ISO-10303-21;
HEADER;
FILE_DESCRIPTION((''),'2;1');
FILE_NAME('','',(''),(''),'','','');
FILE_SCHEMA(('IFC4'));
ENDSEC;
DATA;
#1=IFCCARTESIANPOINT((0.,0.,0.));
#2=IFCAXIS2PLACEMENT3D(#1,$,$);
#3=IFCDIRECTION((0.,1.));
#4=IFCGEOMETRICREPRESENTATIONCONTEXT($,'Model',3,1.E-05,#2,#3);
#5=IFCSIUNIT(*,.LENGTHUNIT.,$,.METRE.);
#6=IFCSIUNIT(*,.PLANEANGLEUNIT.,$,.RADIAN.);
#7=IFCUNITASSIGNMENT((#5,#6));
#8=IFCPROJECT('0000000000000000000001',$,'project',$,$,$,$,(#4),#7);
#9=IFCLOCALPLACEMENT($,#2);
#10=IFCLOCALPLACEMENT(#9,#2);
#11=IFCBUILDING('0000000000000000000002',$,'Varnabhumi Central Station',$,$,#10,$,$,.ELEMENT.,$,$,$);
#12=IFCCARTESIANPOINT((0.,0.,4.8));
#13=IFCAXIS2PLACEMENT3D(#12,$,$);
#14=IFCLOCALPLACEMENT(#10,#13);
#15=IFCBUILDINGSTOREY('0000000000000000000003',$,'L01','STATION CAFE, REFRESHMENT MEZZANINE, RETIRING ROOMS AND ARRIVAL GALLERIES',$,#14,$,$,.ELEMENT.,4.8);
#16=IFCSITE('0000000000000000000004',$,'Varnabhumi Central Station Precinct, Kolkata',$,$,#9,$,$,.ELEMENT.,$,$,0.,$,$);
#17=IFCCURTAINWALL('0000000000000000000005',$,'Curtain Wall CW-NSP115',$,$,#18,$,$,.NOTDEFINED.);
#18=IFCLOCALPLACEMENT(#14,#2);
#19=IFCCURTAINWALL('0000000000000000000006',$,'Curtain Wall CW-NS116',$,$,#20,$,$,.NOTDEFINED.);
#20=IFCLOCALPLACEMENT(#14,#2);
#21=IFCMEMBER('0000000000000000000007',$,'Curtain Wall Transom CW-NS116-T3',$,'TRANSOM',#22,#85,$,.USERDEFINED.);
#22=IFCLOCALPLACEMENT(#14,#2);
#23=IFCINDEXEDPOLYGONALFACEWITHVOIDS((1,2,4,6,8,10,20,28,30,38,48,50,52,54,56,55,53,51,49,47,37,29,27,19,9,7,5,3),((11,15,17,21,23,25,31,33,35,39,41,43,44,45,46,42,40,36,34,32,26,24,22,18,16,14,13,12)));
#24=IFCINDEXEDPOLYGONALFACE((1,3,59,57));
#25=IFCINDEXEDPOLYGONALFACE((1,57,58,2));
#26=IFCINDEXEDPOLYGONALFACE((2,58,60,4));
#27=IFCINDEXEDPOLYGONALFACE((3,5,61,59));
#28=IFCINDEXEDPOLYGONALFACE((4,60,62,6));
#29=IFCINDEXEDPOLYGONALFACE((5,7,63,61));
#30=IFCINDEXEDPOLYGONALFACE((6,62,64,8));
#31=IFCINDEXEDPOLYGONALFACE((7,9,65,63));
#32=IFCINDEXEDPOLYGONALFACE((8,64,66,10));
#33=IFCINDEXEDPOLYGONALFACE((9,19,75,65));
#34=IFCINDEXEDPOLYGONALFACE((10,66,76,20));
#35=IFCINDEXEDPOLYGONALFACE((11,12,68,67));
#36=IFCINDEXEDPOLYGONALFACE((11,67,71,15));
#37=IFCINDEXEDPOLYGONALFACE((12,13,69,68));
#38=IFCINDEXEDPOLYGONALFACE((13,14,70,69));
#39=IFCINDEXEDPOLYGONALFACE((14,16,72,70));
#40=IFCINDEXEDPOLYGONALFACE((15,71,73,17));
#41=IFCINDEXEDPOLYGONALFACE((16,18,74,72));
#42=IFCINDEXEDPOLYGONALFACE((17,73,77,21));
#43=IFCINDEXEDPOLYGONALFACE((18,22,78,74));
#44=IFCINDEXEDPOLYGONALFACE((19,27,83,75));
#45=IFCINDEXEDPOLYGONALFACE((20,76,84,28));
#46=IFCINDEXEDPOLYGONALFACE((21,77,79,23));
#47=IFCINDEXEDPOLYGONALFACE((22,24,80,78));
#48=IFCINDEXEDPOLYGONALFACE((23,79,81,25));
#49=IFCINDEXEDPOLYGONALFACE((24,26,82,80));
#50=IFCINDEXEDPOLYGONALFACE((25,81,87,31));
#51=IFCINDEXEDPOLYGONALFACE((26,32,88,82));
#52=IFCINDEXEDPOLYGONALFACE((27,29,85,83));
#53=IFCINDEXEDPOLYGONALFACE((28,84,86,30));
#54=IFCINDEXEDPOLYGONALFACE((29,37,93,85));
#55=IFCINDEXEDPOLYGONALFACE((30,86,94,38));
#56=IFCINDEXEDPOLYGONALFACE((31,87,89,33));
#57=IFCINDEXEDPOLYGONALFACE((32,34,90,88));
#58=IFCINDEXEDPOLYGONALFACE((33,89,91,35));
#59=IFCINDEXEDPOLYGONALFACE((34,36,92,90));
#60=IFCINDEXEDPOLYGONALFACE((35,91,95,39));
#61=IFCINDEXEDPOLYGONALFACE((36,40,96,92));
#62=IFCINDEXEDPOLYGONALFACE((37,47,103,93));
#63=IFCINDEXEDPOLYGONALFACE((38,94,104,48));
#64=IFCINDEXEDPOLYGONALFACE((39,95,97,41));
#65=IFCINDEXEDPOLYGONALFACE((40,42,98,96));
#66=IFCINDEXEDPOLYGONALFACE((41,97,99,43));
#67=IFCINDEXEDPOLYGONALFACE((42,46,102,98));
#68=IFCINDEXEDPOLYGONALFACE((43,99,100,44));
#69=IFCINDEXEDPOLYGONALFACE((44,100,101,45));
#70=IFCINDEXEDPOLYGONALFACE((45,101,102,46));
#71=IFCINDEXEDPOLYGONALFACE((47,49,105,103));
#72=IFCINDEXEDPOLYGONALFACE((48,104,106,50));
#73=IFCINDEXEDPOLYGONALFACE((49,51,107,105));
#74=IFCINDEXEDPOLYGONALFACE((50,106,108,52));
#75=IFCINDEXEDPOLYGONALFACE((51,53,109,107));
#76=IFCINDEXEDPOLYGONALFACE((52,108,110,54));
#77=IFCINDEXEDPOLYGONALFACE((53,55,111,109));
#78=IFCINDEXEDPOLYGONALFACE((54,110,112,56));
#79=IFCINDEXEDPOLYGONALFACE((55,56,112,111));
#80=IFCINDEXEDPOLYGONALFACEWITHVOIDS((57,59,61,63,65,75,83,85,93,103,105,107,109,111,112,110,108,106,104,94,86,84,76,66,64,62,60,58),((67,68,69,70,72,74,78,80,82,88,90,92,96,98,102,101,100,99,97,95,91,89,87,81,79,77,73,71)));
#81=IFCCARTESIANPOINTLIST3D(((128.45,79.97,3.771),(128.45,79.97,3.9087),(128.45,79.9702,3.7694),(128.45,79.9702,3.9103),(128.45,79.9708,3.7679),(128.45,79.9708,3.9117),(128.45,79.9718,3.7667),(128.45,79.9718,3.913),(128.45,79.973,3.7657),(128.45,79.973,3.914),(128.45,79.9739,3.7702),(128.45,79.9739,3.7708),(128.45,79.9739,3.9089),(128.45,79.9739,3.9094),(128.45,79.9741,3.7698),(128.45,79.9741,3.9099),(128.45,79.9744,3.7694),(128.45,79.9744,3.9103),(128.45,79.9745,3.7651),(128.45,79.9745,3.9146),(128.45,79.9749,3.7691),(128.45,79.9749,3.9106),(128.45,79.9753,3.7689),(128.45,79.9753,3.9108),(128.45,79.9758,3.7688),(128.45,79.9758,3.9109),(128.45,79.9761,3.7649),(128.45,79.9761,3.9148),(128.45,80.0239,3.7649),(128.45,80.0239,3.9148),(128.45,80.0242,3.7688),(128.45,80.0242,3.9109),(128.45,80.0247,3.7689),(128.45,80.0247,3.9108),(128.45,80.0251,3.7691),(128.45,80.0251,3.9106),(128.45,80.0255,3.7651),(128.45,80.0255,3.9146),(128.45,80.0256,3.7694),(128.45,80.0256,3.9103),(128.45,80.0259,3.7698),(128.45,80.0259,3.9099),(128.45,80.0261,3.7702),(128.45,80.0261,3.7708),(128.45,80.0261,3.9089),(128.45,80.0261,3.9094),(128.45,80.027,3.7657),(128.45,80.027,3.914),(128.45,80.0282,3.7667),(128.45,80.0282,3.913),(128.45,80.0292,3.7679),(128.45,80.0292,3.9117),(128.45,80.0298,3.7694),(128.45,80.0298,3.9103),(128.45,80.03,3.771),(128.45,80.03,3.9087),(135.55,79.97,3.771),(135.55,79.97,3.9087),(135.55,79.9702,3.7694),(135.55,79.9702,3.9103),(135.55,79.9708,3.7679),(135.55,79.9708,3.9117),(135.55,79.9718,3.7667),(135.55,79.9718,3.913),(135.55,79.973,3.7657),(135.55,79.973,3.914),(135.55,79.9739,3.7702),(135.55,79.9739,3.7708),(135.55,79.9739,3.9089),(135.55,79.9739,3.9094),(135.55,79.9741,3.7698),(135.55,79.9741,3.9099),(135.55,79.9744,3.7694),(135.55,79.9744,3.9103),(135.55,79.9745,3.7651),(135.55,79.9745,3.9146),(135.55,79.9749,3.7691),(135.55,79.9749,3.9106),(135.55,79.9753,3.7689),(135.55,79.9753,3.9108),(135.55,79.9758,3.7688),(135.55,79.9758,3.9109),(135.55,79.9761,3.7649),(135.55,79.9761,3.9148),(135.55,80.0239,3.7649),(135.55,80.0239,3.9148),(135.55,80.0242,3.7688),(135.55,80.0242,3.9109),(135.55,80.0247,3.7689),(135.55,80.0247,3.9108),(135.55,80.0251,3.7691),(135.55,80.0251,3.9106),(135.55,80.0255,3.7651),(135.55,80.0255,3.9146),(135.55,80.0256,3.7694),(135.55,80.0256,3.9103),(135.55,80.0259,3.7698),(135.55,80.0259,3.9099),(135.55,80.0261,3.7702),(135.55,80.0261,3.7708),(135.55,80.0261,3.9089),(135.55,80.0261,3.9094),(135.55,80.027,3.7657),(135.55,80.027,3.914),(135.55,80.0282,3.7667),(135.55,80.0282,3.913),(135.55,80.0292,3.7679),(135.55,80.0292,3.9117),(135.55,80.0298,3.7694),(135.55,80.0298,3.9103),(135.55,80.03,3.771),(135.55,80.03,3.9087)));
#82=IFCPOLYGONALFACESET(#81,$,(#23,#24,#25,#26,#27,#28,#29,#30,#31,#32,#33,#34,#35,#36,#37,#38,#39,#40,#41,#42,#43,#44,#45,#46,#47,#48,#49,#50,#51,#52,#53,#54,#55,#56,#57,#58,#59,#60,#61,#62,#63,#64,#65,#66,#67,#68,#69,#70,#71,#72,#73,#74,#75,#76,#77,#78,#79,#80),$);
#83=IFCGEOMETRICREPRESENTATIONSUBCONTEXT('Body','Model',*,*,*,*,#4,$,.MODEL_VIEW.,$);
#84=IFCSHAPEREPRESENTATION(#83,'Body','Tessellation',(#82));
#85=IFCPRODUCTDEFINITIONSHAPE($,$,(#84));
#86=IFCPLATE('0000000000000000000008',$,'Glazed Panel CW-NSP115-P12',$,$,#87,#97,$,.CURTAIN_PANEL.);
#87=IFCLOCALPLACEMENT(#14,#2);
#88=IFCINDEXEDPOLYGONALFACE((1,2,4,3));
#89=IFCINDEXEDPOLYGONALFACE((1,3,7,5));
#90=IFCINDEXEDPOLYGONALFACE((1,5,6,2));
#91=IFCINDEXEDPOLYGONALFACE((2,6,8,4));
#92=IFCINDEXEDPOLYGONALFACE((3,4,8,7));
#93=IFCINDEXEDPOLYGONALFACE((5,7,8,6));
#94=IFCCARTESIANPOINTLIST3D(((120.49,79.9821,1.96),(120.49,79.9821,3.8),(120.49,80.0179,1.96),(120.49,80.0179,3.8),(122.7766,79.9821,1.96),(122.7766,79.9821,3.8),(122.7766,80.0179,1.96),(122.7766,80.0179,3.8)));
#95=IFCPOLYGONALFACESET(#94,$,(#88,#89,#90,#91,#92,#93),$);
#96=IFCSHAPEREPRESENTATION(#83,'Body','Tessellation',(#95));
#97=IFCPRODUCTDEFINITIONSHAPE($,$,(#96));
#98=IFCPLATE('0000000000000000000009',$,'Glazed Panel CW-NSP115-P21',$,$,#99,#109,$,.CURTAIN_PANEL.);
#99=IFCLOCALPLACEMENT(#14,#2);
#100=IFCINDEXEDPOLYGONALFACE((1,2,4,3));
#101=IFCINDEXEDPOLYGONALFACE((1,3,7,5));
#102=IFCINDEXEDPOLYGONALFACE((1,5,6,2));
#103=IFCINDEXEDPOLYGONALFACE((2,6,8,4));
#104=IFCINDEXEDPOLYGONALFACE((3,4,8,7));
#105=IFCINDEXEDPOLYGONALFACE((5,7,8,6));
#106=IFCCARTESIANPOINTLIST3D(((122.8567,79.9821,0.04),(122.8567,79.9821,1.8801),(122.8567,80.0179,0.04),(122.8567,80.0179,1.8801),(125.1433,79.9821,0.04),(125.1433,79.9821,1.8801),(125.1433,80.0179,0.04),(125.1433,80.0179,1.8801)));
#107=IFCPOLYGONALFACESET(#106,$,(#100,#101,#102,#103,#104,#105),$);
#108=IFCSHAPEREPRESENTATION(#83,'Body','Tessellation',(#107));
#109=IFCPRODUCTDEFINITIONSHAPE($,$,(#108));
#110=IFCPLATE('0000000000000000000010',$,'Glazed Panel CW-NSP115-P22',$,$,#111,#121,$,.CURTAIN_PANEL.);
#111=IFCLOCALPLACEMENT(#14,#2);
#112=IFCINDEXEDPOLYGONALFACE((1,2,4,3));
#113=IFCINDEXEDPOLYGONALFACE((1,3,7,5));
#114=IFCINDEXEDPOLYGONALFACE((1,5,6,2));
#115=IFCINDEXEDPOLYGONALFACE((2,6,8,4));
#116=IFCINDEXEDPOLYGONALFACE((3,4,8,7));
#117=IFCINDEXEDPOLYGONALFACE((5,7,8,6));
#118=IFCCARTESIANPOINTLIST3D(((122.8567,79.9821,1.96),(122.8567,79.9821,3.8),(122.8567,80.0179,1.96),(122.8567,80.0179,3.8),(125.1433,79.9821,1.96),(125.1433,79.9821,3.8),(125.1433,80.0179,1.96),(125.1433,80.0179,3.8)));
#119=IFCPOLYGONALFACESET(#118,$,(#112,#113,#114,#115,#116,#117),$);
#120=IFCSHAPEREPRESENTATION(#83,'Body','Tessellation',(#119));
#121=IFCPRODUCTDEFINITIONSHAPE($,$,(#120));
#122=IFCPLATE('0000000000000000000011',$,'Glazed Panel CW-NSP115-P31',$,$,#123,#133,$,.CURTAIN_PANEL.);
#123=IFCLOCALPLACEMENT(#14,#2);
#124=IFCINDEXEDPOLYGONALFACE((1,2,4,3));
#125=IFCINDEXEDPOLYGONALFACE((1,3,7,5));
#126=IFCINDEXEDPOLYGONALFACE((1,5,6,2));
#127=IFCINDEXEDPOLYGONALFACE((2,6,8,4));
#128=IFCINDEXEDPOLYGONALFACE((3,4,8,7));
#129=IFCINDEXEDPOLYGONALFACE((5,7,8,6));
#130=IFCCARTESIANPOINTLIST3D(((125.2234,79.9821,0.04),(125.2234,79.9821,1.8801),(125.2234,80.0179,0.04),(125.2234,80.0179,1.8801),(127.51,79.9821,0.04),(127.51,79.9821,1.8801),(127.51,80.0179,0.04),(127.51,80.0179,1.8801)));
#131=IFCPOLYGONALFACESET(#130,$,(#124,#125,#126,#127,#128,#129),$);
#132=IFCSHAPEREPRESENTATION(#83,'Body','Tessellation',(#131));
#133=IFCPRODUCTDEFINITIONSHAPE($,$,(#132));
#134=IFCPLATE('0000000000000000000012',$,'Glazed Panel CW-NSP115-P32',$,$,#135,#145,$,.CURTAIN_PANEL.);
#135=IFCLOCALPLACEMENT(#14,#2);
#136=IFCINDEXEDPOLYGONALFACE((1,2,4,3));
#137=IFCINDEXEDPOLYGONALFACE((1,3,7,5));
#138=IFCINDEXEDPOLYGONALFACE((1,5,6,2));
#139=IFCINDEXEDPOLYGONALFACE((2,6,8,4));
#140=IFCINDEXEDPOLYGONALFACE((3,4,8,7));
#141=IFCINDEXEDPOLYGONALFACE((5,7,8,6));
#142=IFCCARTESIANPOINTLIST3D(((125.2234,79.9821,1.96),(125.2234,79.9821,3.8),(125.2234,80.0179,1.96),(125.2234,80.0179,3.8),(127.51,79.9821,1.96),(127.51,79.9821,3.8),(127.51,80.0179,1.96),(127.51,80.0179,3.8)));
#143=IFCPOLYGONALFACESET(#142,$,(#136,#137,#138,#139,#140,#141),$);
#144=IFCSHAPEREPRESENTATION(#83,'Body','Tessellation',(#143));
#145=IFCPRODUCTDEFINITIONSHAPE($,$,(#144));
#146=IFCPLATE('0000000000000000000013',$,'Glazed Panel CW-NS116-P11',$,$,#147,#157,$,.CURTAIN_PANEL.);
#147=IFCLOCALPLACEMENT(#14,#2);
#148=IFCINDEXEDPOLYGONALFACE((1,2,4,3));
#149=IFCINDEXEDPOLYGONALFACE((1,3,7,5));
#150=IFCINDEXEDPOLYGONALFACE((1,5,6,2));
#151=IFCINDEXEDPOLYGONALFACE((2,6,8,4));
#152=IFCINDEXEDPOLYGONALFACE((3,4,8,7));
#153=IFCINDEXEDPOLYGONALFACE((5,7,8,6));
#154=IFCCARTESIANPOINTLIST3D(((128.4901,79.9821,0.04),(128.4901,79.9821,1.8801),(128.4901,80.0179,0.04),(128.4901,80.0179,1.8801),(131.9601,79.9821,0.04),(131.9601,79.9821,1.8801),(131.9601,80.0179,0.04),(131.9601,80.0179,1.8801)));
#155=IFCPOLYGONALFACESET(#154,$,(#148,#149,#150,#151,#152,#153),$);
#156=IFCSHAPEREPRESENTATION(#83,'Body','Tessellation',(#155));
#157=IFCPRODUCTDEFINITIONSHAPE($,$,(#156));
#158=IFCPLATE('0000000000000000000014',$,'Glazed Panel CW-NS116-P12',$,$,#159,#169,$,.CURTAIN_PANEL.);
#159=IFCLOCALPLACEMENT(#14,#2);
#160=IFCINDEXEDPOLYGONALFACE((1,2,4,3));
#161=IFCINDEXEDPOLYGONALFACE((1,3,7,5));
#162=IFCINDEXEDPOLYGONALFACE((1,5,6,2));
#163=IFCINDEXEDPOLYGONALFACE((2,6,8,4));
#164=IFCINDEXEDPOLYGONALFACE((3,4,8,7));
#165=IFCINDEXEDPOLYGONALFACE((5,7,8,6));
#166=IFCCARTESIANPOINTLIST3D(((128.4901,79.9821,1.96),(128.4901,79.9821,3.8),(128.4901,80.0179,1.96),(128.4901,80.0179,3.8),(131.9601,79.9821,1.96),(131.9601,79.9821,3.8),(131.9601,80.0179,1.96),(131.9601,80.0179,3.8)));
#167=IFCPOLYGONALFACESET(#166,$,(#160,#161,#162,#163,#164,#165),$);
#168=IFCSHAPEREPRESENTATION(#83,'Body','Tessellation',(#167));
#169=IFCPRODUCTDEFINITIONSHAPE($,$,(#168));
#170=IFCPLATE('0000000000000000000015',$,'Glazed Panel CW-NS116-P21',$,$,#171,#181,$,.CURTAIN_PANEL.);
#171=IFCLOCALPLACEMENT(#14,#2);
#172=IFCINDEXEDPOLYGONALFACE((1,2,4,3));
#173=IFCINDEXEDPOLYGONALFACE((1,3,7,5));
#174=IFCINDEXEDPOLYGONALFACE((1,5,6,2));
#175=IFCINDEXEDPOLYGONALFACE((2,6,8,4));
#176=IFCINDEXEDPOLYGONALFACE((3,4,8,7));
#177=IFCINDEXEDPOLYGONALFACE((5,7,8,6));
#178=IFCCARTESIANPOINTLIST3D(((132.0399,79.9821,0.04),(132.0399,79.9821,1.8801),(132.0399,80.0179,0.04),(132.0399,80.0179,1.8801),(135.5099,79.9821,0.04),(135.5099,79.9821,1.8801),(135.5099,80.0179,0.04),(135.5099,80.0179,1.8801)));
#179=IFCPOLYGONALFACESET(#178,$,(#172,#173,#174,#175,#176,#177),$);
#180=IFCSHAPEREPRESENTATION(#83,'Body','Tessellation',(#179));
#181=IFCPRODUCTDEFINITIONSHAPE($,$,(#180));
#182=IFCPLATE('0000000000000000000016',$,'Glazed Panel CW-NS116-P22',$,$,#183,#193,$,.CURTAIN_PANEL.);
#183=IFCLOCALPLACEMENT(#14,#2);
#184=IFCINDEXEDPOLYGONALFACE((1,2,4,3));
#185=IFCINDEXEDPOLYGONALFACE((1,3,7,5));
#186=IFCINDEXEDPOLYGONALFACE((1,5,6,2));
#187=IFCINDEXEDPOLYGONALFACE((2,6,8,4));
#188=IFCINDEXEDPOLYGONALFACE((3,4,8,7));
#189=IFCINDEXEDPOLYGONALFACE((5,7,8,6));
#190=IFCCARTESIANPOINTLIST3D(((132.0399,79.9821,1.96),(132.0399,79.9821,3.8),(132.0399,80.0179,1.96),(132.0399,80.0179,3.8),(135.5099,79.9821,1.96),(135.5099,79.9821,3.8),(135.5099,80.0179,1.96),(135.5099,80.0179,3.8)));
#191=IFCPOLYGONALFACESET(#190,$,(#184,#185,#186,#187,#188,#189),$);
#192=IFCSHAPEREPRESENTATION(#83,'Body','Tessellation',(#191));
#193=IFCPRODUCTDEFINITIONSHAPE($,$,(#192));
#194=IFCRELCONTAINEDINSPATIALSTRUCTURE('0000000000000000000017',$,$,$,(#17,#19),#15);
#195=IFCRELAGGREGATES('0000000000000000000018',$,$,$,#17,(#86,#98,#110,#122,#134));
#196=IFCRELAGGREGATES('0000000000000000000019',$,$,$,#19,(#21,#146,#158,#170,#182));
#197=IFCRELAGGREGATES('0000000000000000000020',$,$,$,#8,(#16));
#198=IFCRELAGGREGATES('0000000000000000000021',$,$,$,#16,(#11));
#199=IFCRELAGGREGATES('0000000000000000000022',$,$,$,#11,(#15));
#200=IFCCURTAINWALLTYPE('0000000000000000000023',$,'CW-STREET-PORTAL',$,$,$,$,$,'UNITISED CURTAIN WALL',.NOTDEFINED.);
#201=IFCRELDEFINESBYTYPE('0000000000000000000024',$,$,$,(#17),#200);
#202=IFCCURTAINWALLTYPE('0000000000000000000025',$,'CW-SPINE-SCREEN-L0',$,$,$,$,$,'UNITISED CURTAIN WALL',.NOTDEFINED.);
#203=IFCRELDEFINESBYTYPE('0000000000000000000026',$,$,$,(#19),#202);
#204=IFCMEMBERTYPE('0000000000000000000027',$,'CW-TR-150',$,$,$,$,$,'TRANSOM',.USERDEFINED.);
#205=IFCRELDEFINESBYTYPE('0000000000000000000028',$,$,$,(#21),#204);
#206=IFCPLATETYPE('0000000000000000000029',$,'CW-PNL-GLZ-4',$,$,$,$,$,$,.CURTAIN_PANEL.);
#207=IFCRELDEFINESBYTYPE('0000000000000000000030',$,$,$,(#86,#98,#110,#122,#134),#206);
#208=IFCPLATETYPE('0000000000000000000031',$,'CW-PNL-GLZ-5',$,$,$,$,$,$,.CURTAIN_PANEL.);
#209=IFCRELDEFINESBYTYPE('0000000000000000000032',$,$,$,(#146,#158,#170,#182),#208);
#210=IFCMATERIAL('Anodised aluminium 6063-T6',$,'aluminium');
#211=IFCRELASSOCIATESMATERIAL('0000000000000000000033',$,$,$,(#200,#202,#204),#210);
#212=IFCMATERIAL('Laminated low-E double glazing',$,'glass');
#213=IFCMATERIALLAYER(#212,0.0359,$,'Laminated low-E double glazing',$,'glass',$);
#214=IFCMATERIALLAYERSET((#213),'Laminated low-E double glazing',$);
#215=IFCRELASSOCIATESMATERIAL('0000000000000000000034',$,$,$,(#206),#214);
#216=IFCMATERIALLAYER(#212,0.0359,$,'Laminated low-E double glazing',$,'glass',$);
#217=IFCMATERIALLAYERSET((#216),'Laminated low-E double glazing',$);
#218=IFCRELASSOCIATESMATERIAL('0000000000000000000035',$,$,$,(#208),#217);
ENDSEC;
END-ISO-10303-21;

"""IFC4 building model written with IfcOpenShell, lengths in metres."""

from ifc_helpers import new_model, si_unit, direction, frame, origin, origin_2d, place, context, subcontext, project, spatial, rectangle, hollow_rectangle, extrude, material, layer, layer_set, material_profile, profile_set, type_object, element, aggregate, save


model = new_model("IFC4")

# Units and contexts
model_context = context("Model", 3, precision=1e-05, world=origin(), true_north=direction((0.0, 1.0)))
body_context = subcontext(model_context, "Body", "Model", "MODEL_VIEW")
ifc_project = project(units=[si_unit("LENGTHUNIT", "METRE"), si_unit("PLANEANGLEUNIT", "RADIAN")], contexts=[model_context])

# Site, building, storey
site_placement = place(None, origin())
site = spatial("IfcSite", under=ifc_project, at=site_placement, Name="Varnabhumi Central Station Precinct, Kolkata", CompositionType="ELEMENT", RefElevation=0.0)
building_placement = place(site_placement, origin())
building = spatial("IfcBuilding", under=site, at=building_placement, Name="Varnabhumi Central Station", CompositionType="ELEMENT")
storey_placement = place(building_placement, frame((0.0, 0.0, 4.8)))
storey = spatial("IfcBuildingStorey", under=building, at=storey_placement, Name="L01", Description="STATION CAFE, REFRESHMENT MEZZANINE, RETIRING ROOMS AND ARRIVAL GALLERIES", CompositionType="ELEMENT", Elevation=4.8)

# Curtain walls, member
ifc_material_1 = material(Name="Anodised aluminium 6063-T6", Category="aluminium")
curtain_wall_type_1 = type_object("IfcCurtainWallType", Name="CW-STREET-PORTAL", ElementType="UNITISED CURTAIN WALL", PredefinedType="NOTDEFINED", material=ifc_material_1)
curtain_wall_1_placement = place(storey_placement, origin())
curtain_wall_1 = element("IfcCurtainWall", 1, at=curtain_wall_1_placement, inside=storey, type_object=curtain_wall_type_1, Name="Curtain Wall CW-NSP115", PredefinedType="NOTDEFINED")
curtain_wall_type_2 = type_object("IfcCurtainWallType", Name="CW-SPINE-SCREEN-L0", ElementType="UNITISED CURTAIN WALL", PredefinedType="NOTDEFINED", material=ifc_material_1)
curtain_wall_2_placement = place(storey_placement, origin())
curtain_wall_2 = element("IfcCurtainWall", 2, at=curtain_wall_2_placement, inside=storey, type_object=curtain_wall_type_2, Name="Curtain Wall CW-NS116", PredefinedType="NOTDEFINED")
ifc_material_profile_1 = material_profile(ifc_material_1, hollow_rectangle(XDim=0.0601, YDim=0.1499, WallThickness=0.0039, InnerFilletRadius=0.002, OuterFilletRadius=0.0061, at=origin_2d()), Name="Anodised aluminium 6063-T6", Category="aluminium")
ifc_profile_set_1 = profile_set([ifc_material_profile_1], Name="Anodised aluminium 6063-T6")
member_type_1 = type_object("IfcMemberType", Name="CW-TR-150", ElementType="TRANSOM", PredefinedType="USERDEFINED", material=ifc_profile_set_1)
member_1_placement = place(storey_placement, frame((128.45, 80.0, 3.8398), z_axis=(1.0, 0.0, 0.0), x_axis=(0.0, 1.0, 0.0)))
member_1 = element("IfcMember", 3, at=member_1_placement, type_object=member_type_1, Name="Curtain Wall Transom CW-NS116-T3", ObjectType="TRANSOM", PredefinedType="USERDEFINED", context=body_context, shape_type="SweptSolid", body=[
    extrude(hollow_rectangle(XDim=0.0601, YDim=0.1499, WallThickness=0.0039, InnerFilletRadius=0.002, OuterFilletRadius=0.0061, at=origin_2d()), origin(), (0.0, 0.0, 1.0), 7.1001),
])

# Plates
ifc_material_2 = material(Name="Laminated low-E double glazing", Category="glass")
ifc_layer_1 = layer(ifc_material_2, 0.0359, Name="Laminated low-E double glazing", Category="glass")
ifc_layer_set_1 = layer_set([ifc_layer_1], Name="Laminated low-E double glazing")
plate_type_1 = type_object("IfcPlateType", Name="CW-PNL-GLZ-4", PredefinedType="CURTAIN_PANEL", material=ifc_layer_set_1)
plate_1_placement = place(storey_placement, frame((121.6333, 80.0, 1.96), z_axis=(0.0, 0.0, 1.0), x_axis=(1.0, 0.0, 0.0)))
plate_1 = element("IfcPlate", 4, at=plate_1_placement, type_object=plate_type_1, Name="Glazed Panel CW-NSP115-P12", PredefinedType="CURTAIN_PANEL", context=body_context, shape_type="SweptSolid", body=[
    extrude(rectangle(XDim=2.2866, YDim=0.0359, at=origin_2d()), origin(), (0.0, 0.0, 1.0), 1.8401),
])
plate_2_placement = place(storey_placement, frame((124.0, 80.0, 0.04), z_axis=(0.0, 0.0, 1.0), x_axis=(1.0, 0.0, 0.0)))
plate_2 = element("IfcPlate", 5, at=plate_2_placement, type_object=plate_type_1, Name="Glazed Panel CW-NSP115-P21", PredefinedType="CURTAIN_PANEL", context=body_context, shape_type="SweptSolid", body=[
    extrude(rectangle(XDim=2.2866, YDim=0.0359, at=origin_2d()), origin(), (0.0, 0.0, 1.0), 1.8401),
])
plate_3_placement = place(storey_placement, frame((124.0, 80.0, 1.96), z_axis=(0.0, 0.0, 1.0), x_axis=(1.0, 0.0, 0.0)))
plate_3 = element("IfcPlate", 6, at=plate_3_placement, type_object=plate_type_1, Name="Glazed Panel CW-NSP115-P22", PredefinedType="CURTAIN_PANEL", context=body_context, shape_type="SweptSolid", body=[
    extrude(rectangle(XDim=2.2866, YDim=0.0359, at=origin_2d()), origin(), (0.0, 0.0, 1.0), 1.8401),
])
plate_4_placement = place(storey_placement, frame((126.3667, 80.0, 0.04), z_axis=(0.0, 0.0, 1.0), x_axis=(1.0, 0.0, 0.0)))
plate_4 = element("IfcPlate", 7, at=plate_4_placement, type_object=plate_type_1, Name="Glazed Panel CW-NSP115-P31", PredefinedType="CURTAIN_PANEL", context=body_context, shape_type="SweptSolid", body=[
    extrude(rectangle(XDim=2.2866, YDim=0.0359, at=origin_2d()), origin(), (0.0, 0.0, 1.0), 1.8401),
])
plate_5_placement = place(storey_placement, frame((126.3667, 80.0, 1.96), z_axis=(0.0, 0.0, 1.0), x_axis=(1.0, 0.0, 0.0)))
plate_5 = element("IfcPlate", 8, at=plate_5_placement, type_object=plate_type_1, Name="Glazed Panel CW-NSP115-P32", PredefinedType="CURTAIN_PANEL", context=body_context, shape_type="SweptSolid", body=[
    extrude(rectangle(XDim=2.2866, YDim=0.0359, at=origin_2d()), origin(), (0.0, 0.0, 1.0), 1.8401),
])
aggregate(curtain_wall_1, [plate_1, plate_2, plate_3, plate_4, plate_5])
ifc_layer_2 = layer(ifc_material_2, 0.0359, Name="Laminated low-E double glazing", Category="glass")
ifc_layer_set_2 = layer_set([ifc_layer_2], Name="Laminated low-E double glazing")
plate_type_2 = type_object("IfcPlateType", Name="CW-PNL-GLZ-5", PredefinedType="CURTAIN_PANEL", material=ifc_layer_set_2)
plate_6_placement = place(storey_placement, frame((130.2251, 80.0, 0.04), z_axis=(0.0, 0.0, 1.0), x_axis=(1.0, 0.0, 0.0)))
plate_6 = element("IfcPlate", 9, at=plate_6_placement, type_object=plate_type_2, Name="Glazed Panel CW-NS116-P11", PredefinedType="CURTAIN_PANEL", context=body_context, shape_type="SweptSolid", body=[
    extrude(rectangle(XDim=3.47, YDim=0.0359, at=origin_2d()), origin(), (0.0, 0.0, 1.0), 1.8401),
])
plate_7_placement = place(storey_placement, frame((130.2251, 80.0, 1.96), z_axis=(0.0, 0.0, 1.0), x_axis=(1.0, 0.0, 0.0)))
plate_7 = element("IfcPlate", 10, at=plate_7_placement, type_object=plate_type_2, Name="Glazed Panel CW-NS116-P12", PredefinedType="CURTAIN_PANEL", context=body_context, shape_type="SweptSolid", body=[
    extrude(rectangle(XDim=3.47, YDim=0.0359, at=origin_2d()), origin(), (0.0, 0.0, 1.0), 1.8401),
])
plate_8_placement = place(storey_placement, frame((133.7749, 80.0, 0.04), z_axis=(0.0, 0.0, 1.0), x_axis=(1.0, 0.0, 0.0)))
plate_8 = element("IfcPlate", 11, at=plate_8_placement, type_object=plate_type_2, Name="Glazed Panel CW-NS116-P21", PredefinedType="CURTAIN_PANEL", context=body_context, shape_type="SweptSolid", body=[
    extrude(rectangle(XDim=3.47, YDim=0.0359, at=origin_2d()), origin(), (0.0, 0.0, 1.0), 1.8401),
])
plate_9_placement = place(storey_placement, frame((133.7749, 80.0, 1.96), z_axis=(0.0, 0.0, 1.0), x_axis=(1.0, 0.0, 0.0)))
plate_9 = element("IfcPlate", 12, at=plate_9_placement, type_object=plate_type_2, Name="Glazed Panel CW-NS116-P22", PredefinedType="CURTAIN_PANEL", context=body_context, shape_type="SweptSolid", body=[
    extrude(rectangle(XDim=3.47, YDim=0.0359, at=origin_2d()), origin(), (0.0, 0.0, 1.0), 1.8401),
])
aggregate(curtain_wall_2, [member_1, plate_6, plate_7, plate_8, plate_9])

save(model, "model.ifc")
